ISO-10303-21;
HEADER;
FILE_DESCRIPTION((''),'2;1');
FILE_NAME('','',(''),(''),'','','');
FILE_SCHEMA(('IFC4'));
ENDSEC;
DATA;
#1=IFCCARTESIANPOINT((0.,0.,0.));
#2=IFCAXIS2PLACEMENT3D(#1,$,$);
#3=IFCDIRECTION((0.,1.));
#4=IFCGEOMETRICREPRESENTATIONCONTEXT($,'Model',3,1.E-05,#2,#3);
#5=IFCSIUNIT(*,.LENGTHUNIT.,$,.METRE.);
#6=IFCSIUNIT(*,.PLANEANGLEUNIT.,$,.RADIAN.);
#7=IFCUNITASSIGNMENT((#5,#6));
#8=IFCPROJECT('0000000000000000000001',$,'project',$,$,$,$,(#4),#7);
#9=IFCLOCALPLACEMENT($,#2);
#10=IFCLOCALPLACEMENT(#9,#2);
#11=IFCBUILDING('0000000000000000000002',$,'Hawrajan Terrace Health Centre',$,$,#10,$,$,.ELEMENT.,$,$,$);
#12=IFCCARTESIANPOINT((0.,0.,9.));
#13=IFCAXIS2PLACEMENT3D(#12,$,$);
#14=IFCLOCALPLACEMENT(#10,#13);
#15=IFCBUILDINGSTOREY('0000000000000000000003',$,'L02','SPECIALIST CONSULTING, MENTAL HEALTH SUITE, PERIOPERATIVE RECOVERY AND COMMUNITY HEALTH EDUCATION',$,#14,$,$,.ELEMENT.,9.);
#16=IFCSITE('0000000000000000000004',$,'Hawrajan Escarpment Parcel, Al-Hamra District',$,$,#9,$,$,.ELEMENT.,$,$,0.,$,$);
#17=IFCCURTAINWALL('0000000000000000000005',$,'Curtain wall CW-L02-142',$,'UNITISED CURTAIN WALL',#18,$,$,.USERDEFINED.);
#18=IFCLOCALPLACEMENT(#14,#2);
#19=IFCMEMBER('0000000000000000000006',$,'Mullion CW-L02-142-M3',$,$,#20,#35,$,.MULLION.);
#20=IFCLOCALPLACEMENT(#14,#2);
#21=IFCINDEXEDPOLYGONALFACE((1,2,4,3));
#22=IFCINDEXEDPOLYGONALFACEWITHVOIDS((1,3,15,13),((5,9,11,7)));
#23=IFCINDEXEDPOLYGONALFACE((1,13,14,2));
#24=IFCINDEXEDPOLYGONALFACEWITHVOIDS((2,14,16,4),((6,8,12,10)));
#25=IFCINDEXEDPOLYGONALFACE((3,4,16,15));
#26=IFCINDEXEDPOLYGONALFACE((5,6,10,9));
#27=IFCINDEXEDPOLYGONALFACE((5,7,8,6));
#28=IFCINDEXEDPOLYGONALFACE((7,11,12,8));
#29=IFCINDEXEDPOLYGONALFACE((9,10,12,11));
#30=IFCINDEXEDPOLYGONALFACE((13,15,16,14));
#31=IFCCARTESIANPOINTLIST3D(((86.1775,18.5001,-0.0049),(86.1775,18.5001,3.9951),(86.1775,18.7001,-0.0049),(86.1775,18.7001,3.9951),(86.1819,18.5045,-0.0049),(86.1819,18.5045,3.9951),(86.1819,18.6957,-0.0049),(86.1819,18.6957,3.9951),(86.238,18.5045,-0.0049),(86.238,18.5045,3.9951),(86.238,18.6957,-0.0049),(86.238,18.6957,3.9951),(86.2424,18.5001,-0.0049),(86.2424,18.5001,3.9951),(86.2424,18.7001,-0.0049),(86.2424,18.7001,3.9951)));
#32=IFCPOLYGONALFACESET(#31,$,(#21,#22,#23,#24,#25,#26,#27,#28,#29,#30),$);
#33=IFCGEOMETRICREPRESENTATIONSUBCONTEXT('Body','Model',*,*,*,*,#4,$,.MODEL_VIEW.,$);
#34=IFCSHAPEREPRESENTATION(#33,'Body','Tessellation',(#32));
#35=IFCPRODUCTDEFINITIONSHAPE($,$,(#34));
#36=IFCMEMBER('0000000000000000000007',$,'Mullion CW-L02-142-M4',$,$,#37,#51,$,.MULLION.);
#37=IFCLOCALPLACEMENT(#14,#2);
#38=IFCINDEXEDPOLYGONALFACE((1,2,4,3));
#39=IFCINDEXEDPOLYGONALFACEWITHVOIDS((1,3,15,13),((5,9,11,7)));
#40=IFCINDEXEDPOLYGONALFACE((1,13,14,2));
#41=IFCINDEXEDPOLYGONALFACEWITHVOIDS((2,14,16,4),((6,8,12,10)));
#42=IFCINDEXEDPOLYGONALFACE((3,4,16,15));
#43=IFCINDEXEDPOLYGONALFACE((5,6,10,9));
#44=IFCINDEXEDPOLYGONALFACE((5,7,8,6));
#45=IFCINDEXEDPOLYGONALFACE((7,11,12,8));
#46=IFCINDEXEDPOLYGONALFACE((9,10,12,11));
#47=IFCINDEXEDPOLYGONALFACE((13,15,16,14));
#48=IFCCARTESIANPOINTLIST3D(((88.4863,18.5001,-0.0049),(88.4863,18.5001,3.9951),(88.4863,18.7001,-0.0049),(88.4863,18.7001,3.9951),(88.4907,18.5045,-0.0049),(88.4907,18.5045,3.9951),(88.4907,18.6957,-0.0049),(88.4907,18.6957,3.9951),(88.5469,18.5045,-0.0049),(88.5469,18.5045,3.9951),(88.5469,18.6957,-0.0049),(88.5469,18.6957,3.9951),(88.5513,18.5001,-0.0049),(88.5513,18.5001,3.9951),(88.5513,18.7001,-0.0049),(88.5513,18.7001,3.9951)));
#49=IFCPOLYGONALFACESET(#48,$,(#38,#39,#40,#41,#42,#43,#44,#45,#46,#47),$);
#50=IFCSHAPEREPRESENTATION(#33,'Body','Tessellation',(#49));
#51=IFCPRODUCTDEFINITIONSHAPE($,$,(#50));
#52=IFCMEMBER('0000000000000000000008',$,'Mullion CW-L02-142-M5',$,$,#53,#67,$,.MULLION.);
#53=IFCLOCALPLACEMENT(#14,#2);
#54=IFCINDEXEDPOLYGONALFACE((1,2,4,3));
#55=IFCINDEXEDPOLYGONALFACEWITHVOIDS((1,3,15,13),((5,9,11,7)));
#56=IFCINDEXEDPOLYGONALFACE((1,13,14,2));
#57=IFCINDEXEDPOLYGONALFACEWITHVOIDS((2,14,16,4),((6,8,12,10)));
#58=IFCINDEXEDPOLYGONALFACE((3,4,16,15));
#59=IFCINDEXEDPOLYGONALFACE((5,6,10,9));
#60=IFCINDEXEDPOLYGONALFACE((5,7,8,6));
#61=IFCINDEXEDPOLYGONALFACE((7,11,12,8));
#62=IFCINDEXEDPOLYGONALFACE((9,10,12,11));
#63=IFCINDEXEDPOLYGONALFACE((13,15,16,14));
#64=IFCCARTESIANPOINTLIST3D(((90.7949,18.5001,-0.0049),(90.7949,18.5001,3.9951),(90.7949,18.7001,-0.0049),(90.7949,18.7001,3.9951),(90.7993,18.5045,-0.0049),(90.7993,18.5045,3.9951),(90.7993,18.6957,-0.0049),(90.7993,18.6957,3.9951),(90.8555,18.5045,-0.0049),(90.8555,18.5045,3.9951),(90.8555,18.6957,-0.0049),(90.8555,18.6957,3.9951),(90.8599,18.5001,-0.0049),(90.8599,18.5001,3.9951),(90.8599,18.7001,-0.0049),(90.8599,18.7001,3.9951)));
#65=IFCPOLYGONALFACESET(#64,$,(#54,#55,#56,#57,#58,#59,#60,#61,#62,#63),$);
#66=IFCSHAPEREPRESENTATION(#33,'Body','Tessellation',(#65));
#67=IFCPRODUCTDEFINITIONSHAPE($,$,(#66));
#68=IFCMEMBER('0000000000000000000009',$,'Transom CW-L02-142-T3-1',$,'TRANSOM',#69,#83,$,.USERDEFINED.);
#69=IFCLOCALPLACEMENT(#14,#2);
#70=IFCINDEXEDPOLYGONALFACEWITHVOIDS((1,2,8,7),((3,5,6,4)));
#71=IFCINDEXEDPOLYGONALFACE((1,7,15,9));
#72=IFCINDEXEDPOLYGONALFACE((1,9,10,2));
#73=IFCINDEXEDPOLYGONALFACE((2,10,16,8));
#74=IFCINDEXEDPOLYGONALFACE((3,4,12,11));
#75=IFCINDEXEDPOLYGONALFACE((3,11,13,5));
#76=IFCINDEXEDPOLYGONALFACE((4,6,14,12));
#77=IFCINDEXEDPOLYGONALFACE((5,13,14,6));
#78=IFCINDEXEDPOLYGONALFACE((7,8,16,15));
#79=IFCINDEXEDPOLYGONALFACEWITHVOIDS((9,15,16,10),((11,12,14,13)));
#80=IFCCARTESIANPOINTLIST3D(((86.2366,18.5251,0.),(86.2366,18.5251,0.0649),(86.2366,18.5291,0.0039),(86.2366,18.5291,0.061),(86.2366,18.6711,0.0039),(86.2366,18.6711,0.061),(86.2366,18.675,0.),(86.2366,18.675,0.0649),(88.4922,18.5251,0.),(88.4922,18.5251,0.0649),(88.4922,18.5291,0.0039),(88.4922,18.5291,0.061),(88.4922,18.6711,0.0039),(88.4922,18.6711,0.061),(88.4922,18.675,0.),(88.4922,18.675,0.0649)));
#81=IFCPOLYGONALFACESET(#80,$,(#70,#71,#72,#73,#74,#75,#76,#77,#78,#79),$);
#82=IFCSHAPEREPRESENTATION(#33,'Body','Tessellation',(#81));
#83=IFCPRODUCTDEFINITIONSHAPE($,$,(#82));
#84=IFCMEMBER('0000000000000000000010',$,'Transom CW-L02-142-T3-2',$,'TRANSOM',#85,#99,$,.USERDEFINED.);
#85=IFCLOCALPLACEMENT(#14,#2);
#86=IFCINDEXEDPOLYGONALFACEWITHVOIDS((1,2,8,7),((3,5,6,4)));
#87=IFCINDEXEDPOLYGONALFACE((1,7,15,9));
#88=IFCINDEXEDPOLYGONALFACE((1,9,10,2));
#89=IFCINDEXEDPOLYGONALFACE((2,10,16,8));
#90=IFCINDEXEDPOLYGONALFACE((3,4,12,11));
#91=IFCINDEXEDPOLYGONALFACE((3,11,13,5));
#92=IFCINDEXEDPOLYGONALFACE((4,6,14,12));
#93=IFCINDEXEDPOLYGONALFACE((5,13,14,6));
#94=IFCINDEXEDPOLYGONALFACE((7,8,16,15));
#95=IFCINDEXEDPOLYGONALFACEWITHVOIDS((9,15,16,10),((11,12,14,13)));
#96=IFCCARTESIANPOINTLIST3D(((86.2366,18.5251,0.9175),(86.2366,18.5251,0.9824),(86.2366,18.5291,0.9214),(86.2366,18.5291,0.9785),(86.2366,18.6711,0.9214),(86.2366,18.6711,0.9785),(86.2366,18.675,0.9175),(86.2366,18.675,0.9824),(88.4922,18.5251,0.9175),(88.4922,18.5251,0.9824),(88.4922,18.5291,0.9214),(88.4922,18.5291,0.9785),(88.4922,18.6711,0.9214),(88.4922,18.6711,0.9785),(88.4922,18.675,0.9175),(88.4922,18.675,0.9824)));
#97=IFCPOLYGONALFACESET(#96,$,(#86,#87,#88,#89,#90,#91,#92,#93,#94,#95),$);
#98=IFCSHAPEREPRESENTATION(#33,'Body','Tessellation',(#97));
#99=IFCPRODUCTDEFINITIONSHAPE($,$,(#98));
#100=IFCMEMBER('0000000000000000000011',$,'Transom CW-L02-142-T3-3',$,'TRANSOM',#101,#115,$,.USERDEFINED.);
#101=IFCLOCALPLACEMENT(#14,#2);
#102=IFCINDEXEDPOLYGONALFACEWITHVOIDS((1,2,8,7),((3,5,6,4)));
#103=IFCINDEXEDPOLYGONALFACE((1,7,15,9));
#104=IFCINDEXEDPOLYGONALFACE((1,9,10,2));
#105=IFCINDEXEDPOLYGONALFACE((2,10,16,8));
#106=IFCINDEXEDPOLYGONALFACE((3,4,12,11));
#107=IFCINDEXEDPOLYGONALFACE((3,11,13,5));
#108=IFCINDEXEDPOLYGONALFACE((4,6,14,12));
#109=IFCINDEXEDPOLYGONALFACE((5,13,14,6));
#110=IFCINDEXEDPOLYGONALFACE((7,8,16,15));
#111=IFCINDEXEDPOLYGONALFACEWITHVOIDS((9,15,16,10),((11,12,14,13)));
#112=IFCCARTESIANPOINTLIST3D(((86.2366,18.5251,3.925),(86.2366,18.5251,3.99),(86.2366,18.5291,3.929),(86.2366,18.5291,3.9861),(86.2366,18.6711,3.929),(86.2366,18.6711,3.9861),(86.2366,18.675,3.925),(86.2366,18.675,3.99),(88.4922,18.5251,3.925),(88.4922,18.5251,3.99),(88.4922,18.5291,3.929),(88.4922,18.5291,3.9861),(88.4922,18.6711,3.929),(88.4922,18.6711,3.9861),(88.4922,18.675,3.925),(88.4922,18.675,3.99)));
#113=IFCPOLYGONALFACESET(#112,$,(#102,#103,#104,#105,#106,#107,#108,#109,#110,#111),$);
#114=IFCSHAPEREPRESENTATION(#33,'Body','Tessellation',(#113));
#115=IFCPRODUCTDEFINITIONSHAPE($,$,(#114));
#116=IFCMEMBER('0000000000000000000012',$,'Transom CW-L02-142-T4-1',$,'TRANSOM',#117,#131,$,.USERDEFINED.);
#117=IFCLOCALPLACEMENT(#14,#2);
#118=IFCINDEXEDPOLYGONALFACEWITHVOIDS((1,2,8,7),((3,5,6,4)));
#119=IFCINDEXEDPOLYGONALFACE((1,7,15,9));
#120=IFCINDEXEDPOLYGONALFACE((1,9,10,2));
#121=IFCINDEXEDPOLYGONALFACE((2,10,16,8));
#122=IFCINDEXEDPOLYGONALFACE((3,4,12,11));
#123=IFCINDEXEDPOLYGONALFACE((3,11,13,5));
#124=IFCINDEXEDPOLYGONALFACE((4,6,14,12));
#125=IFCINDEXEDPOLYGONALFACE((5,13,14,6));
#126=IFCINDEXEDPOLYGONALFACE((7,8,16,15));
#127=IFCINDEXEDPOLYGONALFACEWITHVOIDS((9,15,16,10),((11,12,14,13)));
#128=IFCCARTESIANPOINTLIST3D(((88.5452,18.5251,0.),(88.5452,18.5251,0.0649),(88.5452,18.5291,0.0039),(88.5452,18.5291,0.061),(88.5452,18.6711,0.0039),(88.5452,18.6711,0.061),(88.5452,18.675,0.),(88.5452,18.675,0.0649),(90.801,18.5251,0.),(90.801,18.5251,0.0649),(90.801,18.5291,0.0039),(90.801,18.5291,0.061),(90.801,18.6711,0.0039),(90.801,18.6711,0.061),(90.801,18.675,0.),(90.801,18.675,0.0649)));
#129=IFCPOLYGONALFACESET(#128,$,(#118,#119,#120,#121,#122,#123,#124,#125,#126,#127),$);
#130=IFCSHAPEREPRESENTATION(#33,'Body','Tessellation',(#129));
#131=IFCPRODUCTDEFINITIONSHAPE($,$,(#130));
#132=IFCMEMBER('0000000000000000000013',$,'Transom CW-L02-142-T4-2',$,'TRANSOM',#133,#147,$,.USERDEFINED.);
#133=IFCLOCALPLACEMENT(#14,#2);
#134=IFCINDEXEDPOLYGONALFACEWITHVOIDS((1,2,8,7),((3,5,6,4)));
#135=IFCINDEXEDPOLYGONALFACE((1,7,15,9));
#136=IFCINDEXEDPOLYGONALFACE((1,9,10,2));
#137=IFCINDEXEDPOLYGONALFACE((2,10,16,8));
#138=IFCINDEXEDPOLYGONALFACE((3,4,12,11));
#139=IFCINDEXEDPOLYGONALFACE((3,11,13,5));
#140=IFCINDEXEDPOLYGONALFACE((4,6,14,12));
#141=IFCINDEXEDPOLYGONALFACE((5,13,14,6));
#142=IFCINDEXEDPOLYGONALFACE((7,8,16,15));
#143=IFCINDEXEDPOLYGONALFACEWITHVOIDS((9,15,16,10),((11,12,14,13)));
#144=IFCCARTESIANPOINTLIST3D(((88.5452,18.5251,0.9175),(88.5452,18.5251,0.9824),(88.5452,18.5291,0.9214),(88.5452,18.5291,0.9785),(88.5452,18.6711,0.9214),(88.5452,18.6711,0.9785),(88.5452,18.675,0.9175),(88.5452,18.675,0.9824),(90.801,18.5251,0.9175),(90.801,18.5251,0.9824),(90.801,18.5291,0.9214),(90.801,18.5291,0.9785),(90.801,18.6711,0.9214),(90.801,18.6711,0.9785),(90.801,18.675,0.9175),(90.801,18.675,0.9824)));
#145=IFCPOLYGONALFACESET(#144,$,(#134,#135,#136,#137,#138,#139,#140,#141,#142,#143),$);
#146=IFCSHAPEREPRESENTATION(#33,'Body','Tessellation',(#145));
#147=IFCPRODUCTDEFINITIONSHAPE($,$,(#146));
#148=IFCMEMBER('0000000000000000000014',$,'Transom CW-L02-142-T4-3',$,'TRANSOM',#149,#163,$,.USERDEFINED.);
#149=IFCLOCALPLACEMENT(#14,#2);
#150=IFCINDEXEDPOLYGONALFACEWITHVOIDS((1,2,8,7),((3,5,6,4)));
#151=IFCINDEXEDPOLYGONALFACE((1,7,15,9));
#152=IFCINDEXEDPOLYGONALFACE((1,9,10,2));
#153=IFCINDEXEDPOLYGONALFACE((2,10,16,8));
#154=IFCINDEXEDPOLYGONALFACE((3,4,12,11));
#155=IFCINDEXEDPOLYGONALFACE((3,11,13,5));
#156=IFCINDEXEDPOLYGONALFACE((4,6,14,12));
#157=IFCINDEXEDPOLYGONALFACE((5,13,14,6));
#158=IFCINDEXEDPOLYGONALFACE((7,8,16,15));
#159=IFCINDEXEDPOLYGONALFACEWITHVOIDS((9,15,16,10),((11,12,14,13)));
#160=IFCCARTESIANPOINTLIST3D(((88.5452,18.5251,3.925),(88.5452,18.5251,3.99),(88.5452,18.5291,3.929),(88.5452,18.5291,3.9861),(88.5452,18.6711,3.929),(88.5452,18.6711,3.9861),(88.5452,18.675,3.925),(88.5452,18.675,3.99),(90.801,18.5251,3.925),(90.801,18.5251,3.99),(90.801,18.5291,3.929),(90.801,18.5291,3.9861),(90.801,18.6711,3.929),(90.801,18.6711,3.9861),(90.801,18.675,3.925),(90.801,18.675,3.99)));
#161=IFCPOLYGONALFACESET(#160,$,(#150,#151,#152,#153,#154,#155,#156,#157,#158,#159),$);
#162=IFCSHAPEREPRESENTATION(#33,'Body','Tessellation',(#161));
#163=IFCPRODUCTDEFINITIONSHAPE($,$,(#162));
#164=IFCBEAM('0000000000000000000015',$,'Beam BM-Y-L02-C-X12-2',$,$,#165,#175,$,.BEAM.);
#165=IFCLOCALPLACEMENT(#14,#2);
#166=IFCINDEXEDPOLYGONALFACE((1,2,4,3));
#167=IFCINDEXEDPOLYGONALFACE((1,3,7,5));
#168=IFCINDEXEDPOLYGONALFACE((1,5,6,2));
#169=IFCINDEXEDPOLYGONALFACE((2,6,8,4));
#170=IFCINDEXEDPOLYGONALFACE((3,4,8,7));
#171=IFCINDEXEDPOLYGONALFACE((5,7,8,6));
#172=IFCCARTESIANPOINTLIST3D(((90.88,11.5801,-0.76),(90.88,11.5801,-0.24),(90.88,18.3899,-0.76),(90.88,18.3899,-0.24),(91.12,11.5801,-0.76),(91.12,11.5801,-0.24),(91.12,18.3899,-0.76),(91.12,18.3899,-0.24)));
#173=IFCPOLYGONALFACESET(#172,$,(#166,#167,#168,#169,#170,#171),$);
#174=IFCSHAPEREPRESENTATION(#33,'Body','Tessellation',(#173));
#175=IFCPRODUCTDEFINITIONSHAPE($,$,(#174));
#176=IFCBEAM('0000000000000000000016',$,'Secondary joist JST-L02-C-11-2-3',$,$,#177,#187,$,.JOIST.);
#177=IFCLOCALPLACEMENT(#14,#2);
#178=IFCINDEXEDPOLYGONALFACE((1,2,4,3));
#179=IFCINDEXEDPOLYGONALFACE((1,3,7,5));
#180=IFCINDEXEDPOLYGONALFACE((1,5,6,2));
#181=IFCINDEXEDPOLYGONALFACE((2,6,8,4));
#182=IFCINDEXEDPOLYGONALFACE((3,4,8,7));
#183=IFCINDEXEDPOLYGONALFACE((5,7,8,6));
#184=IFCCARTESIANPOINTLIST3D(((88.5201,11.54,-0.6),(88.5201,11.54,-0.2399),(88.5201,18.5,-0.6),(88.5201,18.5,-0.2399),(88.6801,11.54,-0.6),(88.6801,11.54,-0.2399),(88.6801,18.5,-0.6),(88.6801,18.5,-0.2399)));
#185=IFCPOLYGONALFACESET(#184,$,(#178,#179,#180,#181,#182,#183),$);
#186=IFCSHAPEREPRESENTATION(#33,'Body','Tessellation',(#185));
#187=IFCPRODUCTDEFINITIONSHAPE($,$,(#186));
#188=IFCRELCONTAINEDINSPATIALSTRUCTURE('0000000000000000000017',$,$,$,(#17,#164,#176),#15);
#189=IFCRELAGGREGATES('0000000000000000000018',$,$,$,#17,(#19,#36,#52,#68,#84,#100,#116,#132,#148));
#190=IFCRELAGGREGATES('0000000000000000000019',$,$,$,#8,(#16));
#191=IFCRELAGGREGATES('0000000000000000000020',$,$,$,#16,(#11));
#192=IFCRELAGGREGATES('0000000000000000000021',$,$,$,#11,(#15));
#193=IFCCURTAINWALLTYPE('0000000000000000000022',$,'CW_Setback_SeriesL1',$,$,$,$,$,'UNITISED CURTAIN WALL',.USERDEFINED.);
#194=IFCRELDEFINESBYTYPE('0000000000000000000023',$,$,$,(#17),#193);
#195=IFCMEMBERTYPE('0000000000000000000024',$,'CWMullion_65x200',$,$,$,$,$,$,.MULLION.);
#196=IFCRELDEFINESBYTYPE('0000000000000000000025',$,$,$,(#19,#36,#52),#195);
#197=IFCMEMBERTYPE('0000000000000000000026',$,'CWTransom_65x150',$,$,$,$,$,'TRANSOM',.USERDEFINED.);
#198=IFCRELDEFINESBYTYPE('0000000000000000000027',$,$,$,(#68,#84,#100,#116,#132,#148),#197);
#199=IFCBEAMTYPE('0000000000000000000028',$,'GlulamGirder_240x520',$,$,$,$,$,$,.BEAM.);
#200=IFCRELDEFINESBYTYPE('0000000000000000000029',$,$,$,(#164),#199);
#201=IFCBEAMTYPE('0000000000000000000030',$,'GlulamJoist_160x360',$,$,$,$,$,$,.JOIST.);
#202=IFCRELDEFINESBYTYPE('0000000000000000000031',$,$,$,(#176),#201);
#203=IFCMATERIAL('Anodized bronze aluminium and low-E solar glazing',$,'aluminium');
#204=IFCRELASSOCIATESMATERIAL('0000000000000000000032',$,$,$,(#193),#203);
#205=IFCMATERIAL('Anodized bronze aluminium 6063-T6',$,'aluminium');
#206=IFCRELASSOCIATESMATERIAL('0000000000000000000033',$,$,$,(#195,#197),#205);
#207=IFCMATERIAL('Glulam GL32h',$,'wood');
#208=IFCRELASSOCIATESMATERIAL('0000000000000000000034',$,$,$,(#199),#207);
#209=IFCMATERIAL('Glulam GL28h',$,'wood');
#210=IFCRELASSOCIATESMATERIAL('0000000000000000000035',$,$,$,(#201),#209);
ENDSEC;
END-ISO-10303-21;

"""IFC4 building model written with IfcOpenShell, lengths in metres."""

from ifc_helpers import new_model, si_unit, direction, frame, origin, origin_2d, place, context, subcontext, project, spatial, rectangle, hollow_rectangle, extrude, material, material_profile, profile_set, type_object, element, aggregate, save


model = new_model("IFC4")

# Units and contexts
model_context = context("Model", 3, precision=1e-05, world=origin(), true_north=direction((0.0, 1.0)))
body_context = subcontext(model_context, "Body", "Model", "MODEL_VIEW")
ifc_project = project(units=[si_unit("LENGTHUNIT", "METRE"), si_unit("PLANEANGLEUNIT", "RADIAN")], contexts=[model_context])

# Site, building, storey
site_placement = place(None, origin())
site = spatial("IfcSite", under=ifc_project, at=site_placement, Name="Hawrajan Escarpment Parcel, Al-Hamra District", CompositionType="ELEMENT", RefElevation=0.0)
building_placement = place(site_placement, origin())
building = spatial("IfcBuilding", under=site, at=building_placement, Name="Hawrajan Terrace Health Centre", CompositionType="ELEMENT")
storey_placement = place(building_placement, frame((0.0, 0.0, 9.0)))
storey = spatial("IfcBuildingStorey", under=building, at=storey_placement, Name="L02", Description="SPECIALIST CONSULTING, MENTAL HEALTH SUITE, PERIOPERATIVE RECOVERY AND COMMUNITY HEALTH EDUCATION", CompositionType="ELEMENT", Elevation=9.0)

# Curtain wall, members
ifc_material_1 = material(Name="Anodized bronze aluminium and low-E solar glazing", Category="aluminium")
curtain_wall_type = type_object("IfcCurtainWallType", Name="CW_Setback_SeriesL1", ElementType="UNITISED CURTAIN WALL", PredefinedType="USERDEFINED", material=ifc_material_1)
curtain_wall_placement = place(storey_placement, origin())
curtain_wall = element("IfcCurtainWall", 1, at=curtain_wall_placement, inside=storey, type_object=curtain_wall_type, Name="Curtain wall CW-L02-142", ObjectType="UNITISED CURTAIN WALL", PredefinedType="USERDEFINED")
ifc_material_2 = material(Name="Anodized bronze aluminium 6063-T6", Category="aluminium")
ifc_material_profile_1 = material_profile(ifc_material_2, hollow_rectangle(XDim=0.0649, YDim=0.2, WallThickness=0.0044, at=origin_2d()), Name="CW MUL 65x200")
ifc_profile_set_1 = profile_set([ifc_material_profile_1], Name="Anodized bronze aluminium 6063-T6")
member_type_1 = type_object("IfcMemberType", Name="CWMullion_65x200", PredefinedType="MULLION", material=ifc_profile_set_1)
member_1_placement = place(storey_placement, frame((86.21, 18.6001, -0.0049), z_axis=(0.0, 0.0, 1.0), x_axis=(1.0, 0.0, 0.0)))
member_1 = element("IfcMember", 2, at=member_1_placement, type_object=member_type_1, Name="Mullion CW-L02-142-M3", PredefinedType="MULLION", context=body_context, shape_type="SweptSolid", body=[
    extrude(hollow_rectangle(XDim=0.0649, YDim=0.2, WallThickness=0.0044, at=origin_2d()), origin(), (0.0, 0.0, 1.0), 4.0),
])
member_2_placement = place(storey_placement, frame((88.5188, 18.6001, -0.0049), z_axis=(0.0, 0.0, 1.0), x_axis=(1.0, 0.0, 0.0)))
member_2 = element("IfcMember", 3, at=member_2_placement, type_object=member_type_1, Name="Mullion CW-L02-142-M4", PredefinedType="MULLION", context=body_context, shape_type="SweptSolid", body=[
    extrude(hollow_rectangle(XDim=0.0649, YDim=0.2, WallThickness=0.0044, at=origin_2d()), origin(), (0.0, 0.0, 1.0), 4.0),
])
member_3_placement = place(storey_placement, frame((90.8274, 18.6001, -0.0049), z_axis=(0.0, 0.0, 1.0), x_axis=(1.0, 0.0, 0.0)))
member_3 = element("IfcMember", 4, at=member_3_placement, type_object=member_type_1, Name="Mullion CW-L02-142-M5", PredefinedType="MULLION", context=body_context, shape_type="SweptSolid", body=[
    extrude(hollow_rectangle(XDim=0.0649, YDim=0.2, WallThickness=0.0044, at=origin_2d()), origin(), (0.0, 0.0, 1.0), 4.0),
])
ifc_material_profile_2 = material_profile(ifc_material_2, hollow_rectangle(XDim=0.0649, YDim=0.1499, WallThickness=0.0039, at=origin_2d()), Name="CW TRN 65x150")
ifc_profile_set_2 = profile_set([ifc_material_profile_2], Name="Anodized bronze aluminium 6063-T6")
member_type_2 = type_object("IfcMemberType", Name="CWTransom_65x150", ElementType="TRANSOM", PredefinedType="USERDEFINED", material=ifc_profile_set_2)
member_4_placement = place(storey_placement, frame((86.2366, 18.6001, 0.0325), z_axis=(1.0, 0.0, 0.0), x_axis=(0.0, 0.0, 1.0)))
member_4 = element("IfcMember", 5, at=member_4_placement, type_object=member_type_2, Name="Transom CW-L02-142-T3-1", ObjectType="TRANSOM", PredefinedType="USERDEFINED", context=body_context, shape_type="SweptSolid", body=[
    extrude(hollow_rectangle(XDim=0.0649, YDim=0.1499, WallThickness=0.0039, at=origin_2d()), origin(), (0.0, 0.0, 1.0), 2.2556),
])
member_5_placement = place(storey_placement, frame((86.2366, 18.6001, 0.95), z_axis=(1.0, 0.0, 0.0), x_axis=(0.0, 0.0, 1.0)))
member_5 = element("IfcMember", 6, at=member_5_placement, type_object=member_type_2, Name="Transom CW-L02-142-T3-2", ObjectType="TRANSOM", PredefinedType="USERDEFINED", context=body_context, shape_type="SweptSolid", body=[
    extrude(hollow_rectangle(XDim=0.0649, YDim=0.1499, WallThickness=0.0039, at=origin_2d()), origin(), (0.0, 0.0, 1.0), 2.2556),
])
member_6_placement = place(storey_placement, frame((86.2366, 18.6001, 3.9575), z_axis=(1.0, 0.0, 0.0), x_axis=(0.0, 0.0, 1.0)))
member_6 = element("IfcMember", 7, at=member_6_placement, type_object=member_type_2, Name="Transom CW-L02-142-T3-3", ObjectType="TRANSOM", PredefinedType="USERDEFINED", context=body_context, shape_type="SweptSolid", body=[
    extrude(hollow_rectangle(XDim=0.0649, YDim=0.1499, WallThickness=0.0039, at=origin_2d()), origin(), (0.0, 0.0, 1.0), 2.2556),
])
member_7_placement = place(storey_placement, frame((88.5452, 18.6001, 0.0325), z_axis=(1.0, 0.0, 0.0), x_axis=(0.0, 0.0, 1.0)))
member_7 = element("IfcMember", 8, at=member_7_placement, type_object=member_type_2, Name="Transom CW-L02-142-T4-1", ObjectType="TRANSOM", PredefinedType="USERDEFINED", context=body_context, shape_type="SweptSolid", body=[
    extrude(hollow_rectangle(XDim=0.0649, YDim=0.1499, WallThickness=0.0039, at=origin_2d()), origin(), (0.0, 0.0, 1.0), 2.2559),
])
member_8_placement = place(storey_placement, frame((88.5452, 18.6001, 0.95), z_axis=(1.0, 0.0, 0.0), x_axis=(0.0, 0.0, 1.0)))
member_8 = element("IfcMember", 9, at=member_8_placement, type_object=member_type_2, Name="Transom CW-L02-142-T4-2", ObjectType="TRANSOM", PredefinedType="USERDEFINED", context=body_context, shape_type="SweptSolid", body=[
    extrude(hollow_rectangle(XDim=0.0649, YDim=0.1499, WallThickness=0.0039, at=origin_2d()), origin(), (0.0, 0.0, 1.0), 2.2559),
])
member_9_placement = place(storey_placement, frame((88.5452, 18.6001, 3.9575), z_axis=(1.0, 0.0, 0.0), x_axis=(0.0, 0.0, 1.0)))
member_9 = element("IfcMember", 10, at=member_9_placement, type_object=member_type_2, Name="Transom CW-L02-142-T4-3", ObjectType="TRANSOM", PredefinedType="USERDEFINED", context=body_context, shape_type="SweptSolid", body=[
    extrude(hollow_rectangle(XDim=0.0649, YDim=0.1499, WallThickness=0.0039, at=origin_2d()), origin(), (0.0, 0.0, 1.0), 2.2559),
])

# Beams
ifc_material_3 = material(Name="Glulam GL32h", Category="wood")
ifc_material_profile_3 = material_profile(ifc_material_3, rectangle(XDim=0.24, YDim=0.52, at=origin_2d()), Name="GL BM 240x520")
ifc_profile_set_3 = profile_set([ifc_material_profile_3], Name="Glulam GL32h")
beam_type_1 = type_object("IfcBeamType", Name="GlulamGirder_240x520", PredefinedType="BEAM", material=ifc_profile_set_3)
beam_1_placement = place(storey_placement, frame((91.0, 11.5801, -0.5), z_axis=(0.0, 1.0, 0.0), x_axis=(-1.0, 0.0, 0.0)))
element("IfcBeam", 11, at=beam_1_placement, inside=storey, type_object=beam_type_1, Name="Beam BM-Y-L02-C-X12-2", PredefinedType="BEAM", context=body_context, shape_type="SweptSolid", body=[
    extrude(rectangle(XDim=0.24, YDim=0.52, at=origin_2d()), origin(), (0.0, 0.0, 1.0), 6.8098),
])
ifc_material_4 = material(Name="Glulam GL28h", Category="wood")
ifc_material_profile_4 = material_profile(ifc_material_4, rectangle(XDim=0.1599, YDim=0.3601, at=origin_2d()), Name="GL JST 160x360")
ifc_profile_set_4 = profile_set([ifc_material_profile_4], Name="Glulam GL28h")
beam_type_2 = type_object("IfcBeamType", Name="GlulamJoist_160x360", PredefinedType="JOIST", material=ifc_profile_set_4)
beam_2_placement = place(storey_placement, frame((88.6001, 11.54, -0.4199), z_axis=(0.0, 1.0, 0.0), x_axis=(-1.0, 0.0, 0.0)))
element("IfcBeam", 12, at=beam_2_placement, inside=storey, type_object=beam_type_2, Name="Secondary joist JST-L02-C-11-2-3", PredefinedType="JOIST", context=body_context, shape_type="SweptSolid", body=[
    extrude(rectangle(XDim=0.1599, YDim=0.3601, at=origin_2d()), origin(), (0.0, 0.0, 1.0), 6.96),
])

aggregate(curtain_wall, [member_1, member_2, member_3, member_4, member_5, member_6, member_7, member_8, member_9])

save(model, "model.ifc")
